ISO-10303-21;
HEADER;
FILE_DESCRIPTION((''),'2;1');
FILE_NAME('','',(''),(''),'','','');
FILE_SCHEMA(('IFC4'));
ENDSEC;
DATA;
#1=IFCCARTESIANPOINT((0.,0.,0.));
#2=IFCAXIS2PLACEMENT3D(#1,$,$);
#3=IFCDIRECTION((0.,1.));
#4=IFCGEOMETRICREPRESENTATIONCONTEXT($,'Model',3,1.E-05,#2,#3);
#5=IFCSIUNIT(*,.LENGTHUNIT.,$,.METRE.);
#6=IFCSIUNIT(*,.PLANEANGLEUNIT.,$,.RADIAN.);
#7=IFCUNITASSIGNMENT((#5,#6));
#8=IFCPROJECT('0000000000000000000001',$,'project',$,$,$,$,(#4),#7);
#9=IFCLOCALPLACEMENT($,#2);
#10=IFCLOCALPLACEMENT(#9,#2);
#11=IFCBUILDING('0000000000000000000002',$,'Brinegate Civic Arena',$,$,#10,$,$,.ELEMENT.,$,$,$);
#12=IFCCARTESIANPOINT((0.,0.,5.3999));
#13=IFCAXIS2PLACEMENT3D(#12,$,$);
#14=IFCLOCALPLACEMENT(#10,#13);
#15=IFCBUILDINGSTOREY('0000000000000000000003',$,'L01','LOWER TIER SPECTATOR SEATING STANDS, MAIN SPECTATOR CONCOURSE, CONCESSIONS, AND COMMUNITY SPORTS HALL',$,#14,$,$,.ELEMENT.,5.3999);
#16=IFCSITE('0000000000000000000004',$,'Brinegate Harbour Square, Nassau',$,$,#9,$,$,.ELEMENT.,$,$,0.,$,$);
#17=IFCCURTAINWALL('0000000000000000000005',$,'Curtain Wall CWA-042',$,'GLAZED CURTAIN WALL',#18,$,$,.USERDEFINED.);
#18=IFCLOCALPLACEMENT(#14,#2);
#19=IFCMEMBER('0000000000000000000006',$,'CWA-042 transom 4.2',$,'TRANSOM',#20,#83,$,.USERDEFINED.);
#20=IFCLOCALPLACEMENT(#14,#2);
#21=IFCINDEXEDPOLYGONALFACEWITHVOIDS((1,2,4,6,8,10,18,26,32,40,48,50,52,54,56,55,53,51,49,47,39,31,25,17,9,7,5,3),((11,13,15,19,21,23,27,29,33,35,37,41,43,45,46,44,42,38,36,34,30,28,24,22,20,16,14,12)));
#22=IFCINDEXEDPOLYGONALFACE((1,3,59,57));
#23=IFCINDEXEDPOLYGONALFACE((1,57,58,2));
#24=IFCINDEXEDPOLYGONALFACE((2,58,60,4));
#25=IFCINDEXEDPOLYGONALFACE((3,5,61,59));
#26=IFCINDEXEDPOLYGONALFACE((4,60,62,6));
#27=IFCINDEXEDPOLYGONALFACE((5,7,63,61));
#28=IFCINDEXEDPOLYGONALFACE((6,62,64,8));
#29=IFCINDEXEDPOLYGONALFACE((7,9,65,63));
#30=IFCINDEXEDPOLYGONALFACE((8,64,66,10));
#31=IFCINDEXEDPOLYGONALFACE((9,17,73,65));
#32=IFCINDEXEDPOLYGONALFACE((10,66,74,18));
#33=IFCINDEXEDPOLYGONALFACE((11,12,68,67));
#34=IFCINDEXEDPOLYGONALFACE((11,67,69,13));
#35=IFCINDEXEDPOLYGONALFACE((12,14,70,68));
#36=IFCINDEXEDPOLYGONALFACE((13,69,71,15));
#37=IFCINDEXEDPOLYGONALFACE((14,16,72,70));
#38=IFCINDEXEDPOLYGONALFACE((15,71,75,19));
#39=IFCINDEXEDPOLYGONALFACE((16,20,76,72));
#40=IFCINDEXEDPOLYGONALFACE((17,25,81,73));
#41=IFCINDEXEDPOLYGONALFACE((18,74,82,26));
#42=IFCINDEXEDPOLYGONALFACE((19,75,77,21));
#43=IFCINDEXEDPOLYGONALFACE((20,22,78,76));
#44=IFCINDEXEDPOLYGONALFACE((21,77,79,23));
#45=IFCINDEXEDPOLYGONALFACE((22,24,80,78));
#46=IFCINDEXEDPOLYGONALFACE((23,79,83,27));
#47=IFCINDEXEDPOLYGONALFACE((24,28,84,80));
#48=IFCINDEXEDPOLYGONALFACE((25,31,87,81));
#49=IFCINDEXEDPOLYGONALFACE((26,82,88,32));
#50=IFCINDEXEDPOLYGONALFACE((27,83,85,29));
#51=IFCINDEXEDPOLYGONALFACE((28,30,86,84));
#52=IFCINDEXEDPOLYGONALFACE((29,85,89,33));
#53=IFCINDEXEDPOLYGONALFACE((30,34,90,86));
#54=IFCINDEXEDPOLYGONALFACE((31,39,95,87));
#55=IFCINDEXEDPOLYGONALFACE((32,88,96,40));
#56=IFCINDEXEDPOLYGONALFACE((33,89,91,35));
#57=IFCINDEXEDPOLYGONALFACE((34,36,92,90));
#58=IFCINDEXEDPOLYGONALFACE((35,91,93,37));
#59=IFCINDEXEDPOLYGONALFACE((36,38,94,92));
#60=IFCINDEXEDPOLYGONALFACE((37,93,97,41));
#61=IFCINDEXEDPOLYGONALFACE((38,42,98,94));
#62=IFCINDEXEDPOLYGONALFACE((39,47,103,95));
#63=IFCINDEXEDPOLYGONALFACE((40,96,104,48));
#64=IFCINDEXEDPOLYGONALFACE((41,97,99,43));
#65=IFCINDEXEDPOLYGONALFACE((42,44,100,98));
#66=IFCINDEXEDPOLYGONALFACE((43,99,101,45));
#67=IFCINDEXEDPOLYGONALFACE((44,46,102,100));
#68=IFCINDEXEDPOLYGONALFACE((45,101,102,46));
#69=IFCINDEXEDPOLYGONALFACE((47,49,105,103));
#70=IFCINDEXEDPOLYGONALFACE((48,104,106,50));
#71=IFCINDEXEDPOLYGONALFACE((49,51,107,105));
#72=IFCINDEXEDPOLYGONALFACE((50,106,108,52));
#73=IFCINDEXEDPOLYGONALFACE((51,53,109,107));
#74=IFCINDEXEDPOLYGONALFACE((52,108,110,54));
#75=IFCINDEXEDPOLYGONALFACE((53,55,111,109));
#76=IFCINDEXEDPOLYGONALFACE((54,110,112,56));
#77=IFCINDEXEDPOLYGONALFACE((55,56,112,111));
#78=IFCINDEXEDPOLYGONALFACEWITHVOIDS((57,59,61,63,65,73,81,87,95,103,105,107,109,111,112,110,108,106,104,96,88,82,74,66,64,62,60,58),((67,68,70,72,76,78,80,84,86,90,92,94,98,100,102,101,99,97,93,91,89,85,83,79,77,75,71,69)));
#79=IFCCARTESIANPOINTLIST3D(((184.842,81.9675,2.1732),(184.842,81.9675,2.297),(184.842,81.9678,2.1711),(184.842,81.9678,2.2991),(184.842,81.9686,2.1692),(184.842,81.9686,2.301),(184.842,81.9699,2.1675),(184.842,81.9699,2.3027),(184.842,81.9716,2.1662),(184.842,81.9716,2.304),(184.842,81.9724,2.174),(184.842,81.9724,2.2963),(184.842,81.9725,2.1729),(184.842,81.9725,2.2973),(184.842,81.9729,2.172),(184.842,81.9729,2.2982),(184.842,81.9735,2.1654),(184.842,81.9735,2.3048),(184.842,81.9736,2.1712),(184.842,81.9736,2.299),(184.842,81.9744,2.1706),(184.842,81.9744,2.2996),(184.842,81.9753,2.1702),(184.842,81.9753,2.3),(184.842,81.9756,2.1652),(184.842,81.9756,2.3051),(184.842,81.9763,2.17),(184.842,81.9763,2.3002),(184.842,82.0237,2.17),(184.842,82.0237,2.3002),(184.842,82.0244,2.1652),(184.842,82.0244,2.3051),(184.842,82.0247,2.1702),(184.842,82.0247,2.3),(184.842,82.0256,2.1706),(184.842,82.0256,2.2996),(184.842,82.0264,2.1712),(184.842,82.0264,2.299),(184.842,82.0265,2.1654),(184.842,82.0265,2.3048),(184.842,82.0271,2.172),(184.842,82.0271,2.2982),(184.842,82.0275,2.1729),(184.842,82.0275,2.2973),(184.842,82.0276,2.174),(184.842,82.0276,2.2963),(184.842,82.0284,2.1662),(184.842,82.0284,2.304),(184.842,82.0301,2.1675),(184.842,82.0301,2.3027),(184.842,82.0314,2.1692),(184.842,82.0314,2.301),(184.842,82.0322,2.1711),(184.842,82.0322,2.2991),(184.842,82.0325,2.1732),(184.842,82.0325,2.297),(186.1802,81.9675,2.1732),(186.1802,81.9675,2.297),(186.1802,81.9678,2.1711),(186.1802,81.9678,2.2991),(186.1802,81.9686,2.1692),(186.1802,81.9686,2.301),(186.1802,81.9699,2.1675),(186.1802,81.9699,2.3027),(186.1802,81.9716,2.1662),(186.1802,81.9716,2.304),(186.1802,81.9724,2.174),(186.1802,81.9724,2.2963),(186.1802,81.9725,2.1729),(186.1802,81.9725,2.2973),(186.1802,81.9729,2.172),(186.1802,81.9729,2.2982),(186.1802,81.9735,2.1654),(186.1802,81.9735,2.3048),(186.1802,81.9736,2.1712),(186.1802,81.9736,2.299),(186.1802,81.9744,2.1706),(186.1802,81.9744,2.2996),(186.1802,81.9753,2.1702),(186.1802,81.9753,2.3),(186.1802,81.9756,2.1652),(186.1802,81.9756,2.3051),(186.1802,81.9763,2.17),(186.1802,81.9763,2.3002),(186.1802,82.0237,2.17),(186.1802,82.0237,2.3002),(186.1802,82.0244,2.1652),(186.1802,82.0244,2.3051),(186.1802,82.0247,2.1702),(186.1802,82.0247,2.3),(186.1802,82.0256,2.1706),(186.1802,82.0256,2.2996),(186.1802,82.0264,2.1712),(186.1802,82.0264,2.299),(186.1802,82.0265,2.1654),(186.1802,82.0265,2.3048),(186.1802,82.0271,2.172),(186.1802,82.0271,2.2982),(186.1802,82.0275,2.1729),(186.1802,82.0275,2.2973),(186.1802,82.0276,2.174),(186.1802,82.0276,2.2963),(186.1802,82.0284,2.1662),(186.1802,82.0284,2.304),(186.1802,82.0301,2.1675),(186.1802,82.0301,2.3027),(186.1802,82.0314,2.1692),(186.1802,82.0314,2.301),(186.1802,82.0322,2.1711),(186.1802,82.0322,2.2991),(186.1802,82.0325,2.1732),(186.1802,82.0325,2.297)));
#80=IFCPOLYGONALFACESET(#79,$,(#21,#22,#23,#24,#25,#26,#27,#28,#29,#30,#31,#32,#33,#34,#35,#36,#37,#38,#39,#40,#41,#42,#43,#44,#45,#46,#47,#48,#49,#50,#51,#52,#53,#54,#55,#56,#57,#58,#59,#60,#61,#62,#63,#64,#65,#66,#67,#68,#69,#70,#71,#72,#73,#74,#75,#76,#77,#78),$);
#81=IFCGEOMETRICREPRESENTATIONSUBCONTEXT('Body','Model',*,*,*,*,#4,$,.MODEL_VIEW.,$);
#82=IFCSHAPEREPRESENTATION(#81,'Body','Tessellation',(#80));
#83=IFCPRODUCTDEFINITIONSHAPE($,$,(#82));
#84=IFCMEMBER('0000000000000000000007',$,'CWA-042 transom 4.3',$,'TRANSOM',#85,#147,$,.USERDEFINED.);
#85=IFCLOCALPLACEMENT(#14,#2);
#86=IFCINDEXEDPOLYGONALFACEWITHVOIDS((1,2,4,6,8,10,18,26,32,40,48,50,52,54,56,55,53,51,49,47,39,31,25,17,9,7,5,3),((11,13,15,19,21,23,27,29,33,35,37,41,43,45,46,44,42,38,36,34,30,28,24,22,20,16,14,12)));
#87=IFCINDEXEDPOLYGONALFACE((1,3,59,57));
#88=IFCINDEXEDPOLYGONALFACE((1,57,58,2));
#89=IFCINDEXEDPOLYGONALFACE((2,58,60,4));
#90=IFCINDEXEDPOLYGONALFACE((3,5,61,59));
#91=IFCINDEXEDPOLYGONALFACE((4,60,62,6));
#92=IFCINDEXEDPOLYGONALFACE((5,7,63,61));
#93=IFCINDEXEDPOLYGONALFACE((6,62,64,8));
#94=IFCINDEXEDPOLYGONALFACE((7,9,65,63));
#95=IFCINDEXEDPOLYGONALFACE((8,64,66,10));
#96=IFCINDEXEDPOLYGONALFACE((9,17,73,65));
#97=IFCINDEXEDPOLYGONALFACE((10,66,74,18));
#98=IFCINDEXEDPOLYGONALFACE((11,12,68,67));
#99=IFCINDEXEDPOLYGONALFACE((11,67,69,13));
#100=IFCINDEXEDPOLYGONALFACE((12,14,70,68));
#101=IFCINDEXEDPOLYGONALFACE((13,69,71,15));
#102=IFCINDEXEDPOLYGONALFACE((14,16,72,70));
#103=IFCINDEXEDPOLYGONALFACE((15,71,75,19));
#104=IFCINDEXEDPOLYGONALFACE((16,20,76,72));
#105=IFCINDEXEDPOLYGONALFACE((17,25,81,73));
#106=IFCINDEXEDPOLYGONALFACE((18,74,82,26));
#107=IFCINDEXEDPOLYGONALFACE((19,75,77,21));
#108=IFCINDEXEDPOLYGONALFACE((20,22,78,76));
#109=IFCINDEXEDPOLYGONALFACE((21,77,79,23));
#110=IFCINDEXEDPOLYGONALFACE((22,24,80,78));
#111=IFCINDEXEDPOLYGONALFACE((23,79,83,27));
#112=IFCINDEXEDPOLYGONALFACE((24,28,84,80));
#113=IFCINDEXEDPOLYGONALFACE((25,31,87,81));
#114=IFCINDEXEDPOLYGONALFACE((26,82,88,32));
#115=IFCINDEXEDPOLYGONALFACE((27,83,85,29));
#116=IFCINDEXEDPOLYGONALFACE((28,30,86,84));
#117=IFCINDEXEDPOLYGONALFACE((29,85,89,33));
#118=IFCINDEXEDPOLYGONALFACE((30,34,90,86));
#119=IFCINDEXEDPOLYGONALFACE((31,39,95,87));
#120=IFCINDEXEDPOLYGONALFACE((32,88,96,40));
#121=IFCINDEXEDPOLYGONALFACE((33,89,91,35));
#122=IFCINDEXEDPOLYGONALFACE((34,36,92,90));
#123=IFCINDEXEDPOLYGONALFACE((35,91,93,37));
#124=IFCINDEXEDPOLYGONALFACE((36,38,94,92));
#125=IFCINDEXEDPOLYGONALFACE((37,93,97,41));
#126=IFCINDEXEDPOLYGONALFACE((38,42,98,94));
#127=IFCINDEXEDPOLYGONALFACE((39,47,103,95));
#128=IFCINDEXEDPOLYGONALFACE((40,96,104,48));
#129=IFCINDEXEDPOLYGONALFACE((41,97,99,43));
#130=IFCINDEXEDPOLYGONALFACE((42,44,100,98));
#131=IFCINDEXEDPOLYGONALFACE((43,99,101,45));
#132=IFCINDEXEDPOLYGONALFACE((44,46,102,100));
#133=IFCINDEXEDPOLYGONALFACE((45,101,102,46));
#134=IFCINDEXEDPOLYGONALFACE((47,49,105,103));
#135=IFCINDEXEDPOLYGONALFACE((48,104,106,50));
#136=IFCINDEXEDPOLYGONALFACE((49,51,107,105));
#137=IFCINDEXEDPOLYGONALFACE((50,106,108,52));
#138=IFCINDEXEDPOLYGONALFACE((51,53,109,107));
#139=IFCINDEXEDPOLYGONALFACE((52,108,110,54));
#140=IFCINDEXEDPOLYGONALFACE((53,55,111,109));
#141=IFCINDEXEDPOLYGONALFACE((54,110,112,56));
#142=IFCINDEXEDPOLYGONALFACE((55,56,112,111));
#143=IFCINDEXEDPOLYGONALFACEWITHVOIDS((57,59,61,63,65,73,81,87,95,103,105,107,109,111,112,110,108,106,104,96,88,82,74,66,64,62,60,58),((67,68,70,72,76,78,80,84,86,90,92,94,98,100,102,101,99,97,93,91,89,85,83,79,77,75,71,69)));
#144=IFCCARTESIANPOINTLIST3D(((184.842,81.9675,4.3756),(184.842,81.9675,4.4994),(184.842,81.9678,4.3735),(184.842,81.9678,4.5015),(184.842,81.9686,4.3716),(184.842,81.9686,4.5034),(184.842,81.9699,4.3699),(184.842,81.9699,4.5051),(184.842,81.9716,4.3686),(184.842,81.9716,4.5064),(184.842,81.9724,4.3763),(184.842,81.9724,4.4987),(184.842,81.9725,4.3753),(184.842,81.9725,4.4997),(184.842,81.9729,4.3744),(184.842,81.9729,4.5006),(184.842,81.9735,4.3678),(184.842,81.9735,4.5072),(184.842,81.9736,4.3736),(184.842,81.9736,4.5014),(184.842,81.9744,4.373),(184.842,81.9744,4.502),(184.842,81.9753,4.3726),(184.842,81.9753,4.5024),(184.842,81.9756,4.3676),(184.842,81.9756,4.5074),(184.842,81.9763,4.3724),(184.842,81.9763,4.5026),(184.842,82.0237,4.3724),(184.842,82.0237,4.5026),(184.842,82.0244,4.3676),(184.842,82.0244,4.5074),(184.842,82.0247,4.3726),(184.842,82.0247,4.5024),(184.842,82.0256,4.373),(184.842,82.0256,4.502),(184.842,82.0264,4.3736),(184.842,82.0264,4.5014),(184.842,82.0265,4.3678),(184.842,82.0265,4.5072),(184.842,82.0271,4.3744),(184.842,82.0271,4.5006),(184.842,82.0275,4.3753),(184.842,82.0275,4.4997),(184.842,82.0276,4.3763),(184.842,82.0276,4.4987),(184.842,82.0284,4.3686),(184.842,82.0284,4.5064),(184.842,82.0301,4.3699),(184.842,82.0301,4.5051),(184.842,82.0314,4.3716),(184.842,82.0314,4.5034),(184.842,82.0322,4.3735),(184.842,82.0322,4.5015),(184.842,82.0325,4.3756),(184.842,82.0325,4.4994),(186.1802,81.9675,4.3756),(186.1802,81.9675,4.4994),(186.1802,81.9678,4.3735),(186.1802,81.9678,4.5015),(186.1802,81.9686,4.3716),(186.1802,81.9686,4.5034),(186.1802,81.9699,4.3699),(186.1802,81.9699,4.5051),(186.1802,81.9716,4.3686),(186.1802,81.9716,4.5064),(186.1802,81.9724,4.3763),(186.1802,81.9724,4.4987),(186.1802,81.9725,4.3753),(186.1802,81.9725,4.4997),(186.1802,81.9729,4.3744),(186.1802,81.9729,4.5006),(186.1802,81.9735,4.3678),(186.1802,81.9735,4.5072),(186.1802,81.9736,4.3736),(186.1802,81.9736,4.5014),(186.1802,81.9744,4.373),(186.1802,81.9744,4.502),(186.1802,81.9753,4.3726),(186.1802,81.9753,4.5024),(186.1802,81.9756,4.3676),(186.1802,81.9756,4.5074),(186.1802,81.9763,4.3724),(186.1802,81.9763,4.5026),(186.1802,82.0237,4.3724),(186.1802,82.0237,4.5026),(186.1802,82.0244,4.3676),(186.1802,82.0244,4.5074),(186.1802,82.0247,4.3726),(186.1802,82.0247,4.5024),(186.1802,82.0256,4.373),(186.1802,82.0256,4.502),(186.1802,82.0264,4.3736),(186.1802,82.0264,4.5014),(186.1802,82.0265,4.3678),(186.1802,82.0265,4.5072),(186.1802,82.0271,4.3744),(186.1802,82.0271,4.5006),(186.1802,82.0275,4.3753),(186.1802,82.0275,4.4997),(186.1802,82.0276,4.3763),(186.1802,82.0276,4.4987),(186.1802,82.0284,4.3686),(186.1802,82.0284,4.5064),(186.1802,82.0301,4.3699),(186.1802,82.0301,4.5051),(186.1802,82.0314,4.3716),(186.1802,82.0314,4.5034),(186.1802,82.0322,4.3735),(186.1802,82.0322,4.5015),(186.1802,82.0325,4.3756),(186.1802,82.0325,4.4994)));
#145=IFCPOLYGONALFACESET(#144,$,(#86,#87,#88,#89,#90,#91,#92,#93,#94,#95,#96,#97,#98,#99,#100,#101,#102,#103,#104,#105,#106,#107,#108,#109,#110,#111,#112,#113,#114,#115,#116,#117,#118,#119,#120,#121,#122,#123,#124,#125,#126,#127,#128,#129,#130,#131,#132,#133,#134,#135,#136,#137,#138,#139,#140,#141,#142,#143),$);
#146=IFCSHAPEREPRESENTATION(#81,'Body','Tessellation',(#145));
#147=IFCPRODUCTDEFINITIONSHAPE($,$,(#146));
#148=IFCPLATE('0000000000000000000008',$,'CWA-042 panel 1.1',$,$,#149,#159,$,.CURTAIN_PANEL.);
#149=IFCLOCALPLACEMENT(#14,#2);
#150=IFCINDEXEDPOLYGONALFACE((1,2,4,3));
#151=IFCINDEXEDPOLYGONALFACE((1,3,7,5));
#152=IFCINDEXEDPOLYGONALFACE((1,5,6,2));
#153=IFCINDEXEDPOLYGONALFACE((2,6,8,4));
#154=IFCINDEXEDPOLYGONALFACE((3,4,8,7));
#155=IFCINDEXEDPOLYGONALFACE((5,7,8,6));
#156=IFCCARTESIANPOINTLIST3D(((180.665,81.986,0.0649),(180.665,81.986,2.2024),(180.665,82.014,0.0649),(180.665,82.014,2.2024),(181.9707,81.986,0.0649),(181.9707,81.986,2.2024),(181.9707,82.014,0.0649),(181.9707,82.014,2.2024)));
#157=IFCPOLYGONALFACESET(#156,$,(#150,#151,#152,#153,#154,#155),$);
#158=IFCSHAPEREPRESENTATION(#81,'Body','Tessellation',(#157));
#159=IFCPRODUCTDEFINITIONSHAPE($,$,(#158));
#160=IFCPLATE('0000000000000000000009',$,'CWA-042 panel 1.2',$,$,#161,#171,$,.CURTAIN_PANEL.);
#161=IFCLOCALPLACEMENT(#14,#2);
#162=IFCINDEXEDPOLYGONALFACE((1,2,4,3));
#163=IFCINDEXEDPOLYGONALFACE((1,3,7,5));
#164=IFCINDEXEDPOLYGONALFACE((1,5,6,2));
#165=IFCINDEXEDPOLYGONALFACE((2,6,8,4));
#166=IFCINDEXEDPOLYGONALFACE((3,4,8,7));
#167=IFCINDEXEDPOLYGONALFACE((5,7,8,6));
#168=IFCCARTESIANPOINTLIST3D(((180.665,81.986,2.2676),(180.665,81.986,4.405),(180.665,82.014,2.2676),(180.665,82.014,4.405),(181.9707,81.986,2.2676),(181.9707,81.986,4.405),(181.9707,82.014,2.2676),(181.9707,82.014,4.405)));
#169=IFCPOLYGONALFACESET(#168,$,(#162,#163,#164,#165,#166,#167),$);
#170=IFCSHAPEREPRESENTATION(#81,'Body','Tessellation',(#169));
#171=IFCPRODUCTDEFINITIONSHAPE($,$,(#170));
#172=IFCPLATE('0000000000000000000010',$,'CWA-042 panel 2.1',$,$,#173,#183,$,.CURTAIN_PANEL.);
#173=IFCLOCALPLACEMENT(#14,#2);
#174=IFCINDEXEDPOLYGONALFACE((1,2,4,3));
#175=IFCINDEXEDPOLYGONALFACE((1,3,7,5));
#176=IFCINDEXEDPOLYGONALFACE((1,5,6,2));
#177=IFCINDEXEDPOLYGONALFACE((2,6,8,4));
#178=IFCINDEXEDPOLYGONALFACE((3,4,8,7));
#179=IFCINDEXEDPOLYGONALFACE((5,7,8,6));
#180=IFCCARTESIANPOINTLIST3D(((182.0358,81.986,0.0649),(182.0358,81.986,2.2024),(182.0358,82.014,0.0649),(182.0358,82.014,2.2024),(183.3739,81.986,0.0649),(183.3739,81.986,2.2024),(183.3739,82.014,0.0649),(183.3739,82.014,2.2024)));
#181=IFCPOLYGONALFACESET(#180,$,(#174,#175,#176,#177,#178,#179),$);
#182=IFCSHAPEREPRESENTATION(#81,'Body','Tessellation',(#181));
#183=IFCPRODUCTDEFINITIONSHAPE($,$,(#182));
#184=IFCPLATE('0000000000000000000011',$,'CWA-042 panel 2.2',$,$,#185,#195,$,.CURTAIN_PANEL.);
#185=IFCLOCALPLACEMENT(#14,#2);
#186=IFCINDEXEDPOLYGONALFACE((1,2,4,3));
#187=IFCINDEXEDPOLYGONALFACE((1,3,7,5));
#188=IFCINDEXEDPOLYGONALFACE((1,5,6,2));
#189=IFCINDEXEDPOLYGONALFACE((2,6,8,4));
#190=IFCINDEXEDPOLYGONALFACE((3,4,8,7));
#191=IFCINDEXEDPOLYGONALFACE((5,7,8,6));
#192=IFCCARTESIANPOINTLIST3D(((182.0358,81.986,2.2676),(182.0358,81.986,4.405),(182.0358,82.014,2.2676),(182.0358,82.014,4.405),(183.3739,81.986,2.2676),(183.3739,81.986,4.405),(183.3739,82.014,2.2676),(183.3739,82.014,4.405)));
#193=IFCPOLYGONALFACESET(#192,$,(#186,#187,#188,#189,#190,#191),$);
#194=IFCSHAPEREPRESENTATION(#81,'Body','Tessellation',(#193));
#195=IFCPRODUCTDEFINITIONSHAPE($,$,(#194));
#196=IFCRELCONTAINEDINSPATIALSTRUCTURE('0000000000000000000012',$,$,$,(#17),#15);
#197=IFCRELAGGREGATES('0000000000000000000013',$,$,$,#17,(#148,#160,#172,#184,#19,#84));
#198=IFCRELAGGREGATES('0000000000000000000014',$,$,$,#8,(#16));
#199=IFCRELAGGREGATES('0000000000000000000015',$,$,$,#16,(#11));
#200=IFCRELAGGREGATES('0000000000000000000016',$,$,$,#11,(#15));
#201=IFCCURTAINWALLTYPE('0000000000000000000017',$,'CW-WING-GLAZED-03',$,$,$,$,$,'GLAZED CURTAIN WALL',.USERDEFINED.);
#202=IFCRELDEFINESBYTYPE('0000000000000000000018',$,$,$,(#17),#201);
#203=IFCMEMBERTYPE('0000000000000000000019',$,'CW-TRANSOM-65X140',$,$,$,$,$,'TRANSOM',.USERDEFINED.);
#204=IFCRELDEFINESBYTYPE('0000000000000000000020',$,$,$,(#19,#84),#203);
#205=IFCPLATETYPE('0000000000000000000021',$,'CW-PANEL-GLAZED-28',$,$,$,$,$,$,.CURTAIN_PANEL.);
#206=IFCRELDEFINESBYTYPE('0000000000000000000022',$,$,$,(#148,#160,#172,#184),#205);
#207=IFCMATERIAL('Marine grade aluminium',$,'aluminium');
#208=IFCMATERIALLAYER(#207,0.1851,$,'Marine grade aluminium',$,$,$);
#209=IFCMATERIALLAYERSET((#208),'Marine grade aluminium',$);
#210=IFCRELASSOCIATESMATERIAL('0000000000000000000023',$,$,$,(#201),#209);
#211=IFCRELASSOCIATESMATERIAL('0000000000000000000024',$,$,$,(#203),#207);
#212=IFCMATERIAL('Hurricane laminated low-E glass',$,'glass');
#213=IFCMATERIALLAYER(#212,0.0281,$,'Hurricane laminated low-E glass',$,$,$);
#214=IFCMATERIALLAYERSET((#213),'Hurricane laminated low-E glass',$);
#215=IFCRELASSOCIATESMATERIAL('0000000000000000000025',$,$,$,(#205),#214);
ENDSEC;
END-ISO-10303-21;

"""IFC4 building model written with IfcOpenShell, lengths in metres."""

from ifc_helpers import new_model, si_unit, direction, frame, origin, origin_2d, place, context, subcontext, project, spatial, rectangle, hollow_rectangle, extrude, material, layer, layer_set, material_profile, profile_set, type_object, element, aggregate, save


model = new_model("IFC4")

# Units and contexts
model_context = context("Model", 3, precision=1e-05, world=origin(), true_north=direction((0.0, 1.0)))
body_context = subcontext(model_context, "Body", "Model", "MODEL_VIEW")
ifc_project = project(units=[si_unit("LENGTHUNIT", "METRE"), si_unit("PLANEANGLEUNIT", "RADIAN")], contexts=[model_context])

# Site, building, storey
site_placement = place(None, origin())
site = spatial("IfcSite", under=ifc_project, at=site_placement, Name="Brinegate Harbour Square, Nassau", CompositionType="ELEMENT", RefElevation=0.0)
building_placement = place(site_placement, origin())
building = spatial("IfcBuilding", under=site, at=building_placement, Name="Brinegate Civic Arena", CompositionType="ELEMENT")
storey_placement = place(building_placement, frame((0.0, 0.0, 5.3999)))
storey = spatial("IfcBuildingStorey", under=building, at=storey_placement, Name="L01", Description="LOWER TIER SPECTATOR SEATING STANDS, MAIN SPECTATOR CONCOURSE, CONCESSIONS, AND COMMUNITY SPORTS HALL", CompositionType="ELEMENT", Elevation=5.3999)

# Curtain wall, members, plates
ifc_material_1 = material(Name="Marine grade aluminium", Category="aluminium")
ifc_layer_1 = layer(ifc_material_1, 0.1851, Name="Marine grade aluminium")
ifc_layer_set_1 = layer_set([ifc_layer_1], Name="Marine grade aluminium")
curtain_wall_type = type_object("IfcCurtainWallType", Name="CW-WING-GLAZED-03", ElementType="GLAZED CURTAIN WALL", PredefinedType="USERDEFINED", material=ifc_layer_set_1)
curtain_wall_placement = place(storey_placement, origin())
curtain_wall = element("IfcCurtainWall", 1, at=curtain_wall_placement, inside=storey, type_object=curtain_wall_type, Name="Curtain Wall CWA-042", ObjectType="GLAZED CURTAIN WALL", PredefinedType="USERDEFINED")
ifc_material_profile_1 = material_profile(ifc_material_1, hollow_rectangle(XDim=0.0649, YDim=0.1399, WallThickness=0.0049, InnerFilletRadius=0.0039, OuterFilletRadius=0.0081, at=origin_2d()), Name="TRN65X140")
ifc_profile_set_1 = profile_set([ifc_material_profile_1], Name="Marine grade aluminium")
member_type_1 = type_object("IfcMemberType", Name="CW-TRANSOM-65X140", ElementType="TRANSOM", PredefinedType="USERDEFINED", material=ifc_profile_set_1)
member_1_placement = place(storey_placement, frame((184.842, 82.0, 2.2351), z_axis=(1.0, 0.0, 0.0), x_axis=(0.0, 1.0, 0.0)))
member_1 = element("IfcMember", 2, at=member_1_placement, type_object=member_type_1, Name="CWA-042 transom 4.2", ObjectType="TRANSOM", PredefinedType="USERDEFINED", context=body_context, shape_type="SweptSolid", body=[
    extrude(hollow_rectangle(XDim=0.0649, YDim=0.1399, WallThickness=0.0049, InnerFilletRadius=0.0039, OuterFilletRadius=0.0081, at=origin_2d()), origin(), (0.0, 0.0, 1.0), 1.3381),
])
member_2_placement = place(storey_placement, frame((184.842, 82.0, 4.4375), z_axis=(1.0, 0.0, 0.0), x_axis=(0.0, 1.0, 0.0)))
member_2 = element("IfcMember", 3, at=member_2_placement, type_object=member_type_1, Name="CWA-042 transom 4.3", ObjectType="TRANSOM", PredefinedType="USERDEFINED", context=body_context, shape_type="SweptSolid", body=[
    extrude(hollow_rectangle(XDim=0.0649, YDim=0.1399, WallThickness=0.0049, InnerFilletRadius=0.0039, OuterFilletRadius=0.0081, at=origin_2d()), origin(), (0.0, 0.0, 1.0), 1.3381),
])
ifc_material_2 = material(Name="Hurricane laminated low-E glass", Category="glass")
ifc_layer_2 = layer(ifc_material_2, 0.0281, Name="Hurricane laminated low-E glass")
ifc_layer_set_2 = layer_set([ifc_layer_2], Name="Hurricane laminated low-E glass")
plate_type = type_object("IfcPlateType", Name="CW-PANEL-GLAZED-28", PredefinedType="CURTAIN_PANEL", material=ifc_layer_set_2)
plate_1_placement = place(storey_placement, frame((181.3179, 82.0, 0.0649), z_axis=(0.0, 0.0, 1.0), x_axis=(1.0, 0.0, 0.0)))
plate_1 = element("IfcPlate", 4, at=plate_1_placement, type_object=plate_type, Name="CWA-042 panel 1.1", PredefinedType="CURTAIN_PANEL", context=body_context, shape_type="SweptSolid", body=[
    extrude(rectangle(XDim=1.3057, YDim=0.0281, at=origin_2d()), origin(), (0.0, 0.0, 1.0), 2.1375),
])
plate_2_placement = place(storey_placement, frame((181.3179, 82.0, 2.2676), z_axis=(0.0, 0.0, 1.0), x_axis=(1.0, 0.0, 0.0)))
plate_2 = element("IfcPlate", 5, at=plate_2_placement, type_object=plate_type, Name="CWA-042 panel 1.2", PredefinedType="CURTAIN_PANEL", context=body_context, shape_type="SweptSolid", body=[
    extrude(rectangle(XDim=1.3057, YDim=0.0281, at=origin_2d()), origin(), (0.0, 0.0, 1.0), 2.1375),
])
plate_3_placement = place(storey_placement, frame((182.7048, 82.0, 0.0649), z_axis=(0.0, 0.0, 1.0), x_axis=(1.0, 0.0, 0.0)))
plate_3 = element("IfcPlate", 6, at=plate_3_placement, type_object=plate_type, Name="CWA-042 panel 2.1", PredefinedType="CURTAIN_PANEL", context=body_context, shape_type="SweptSolid", body=[
    extrude(rectangle(XDim=1.3381, YDim=0.0281, at=origin_2d()), origin(), (0.0, 0.0, 1.0), 2.1375),
])
plate_4_placement = place(storey_placement, frame((182.7048, 82.0, 2.2676), z_axis=(0.0, 0.0, 1.0), x_axis=(1.0, 0.0, 0.0)))
plate_4 = element("IfcPlate", 7, at=plate_4_placement, type_object=plate_type, Name="CWA-042 panel 2.2", PredefinedType="CURTAIN_PANEL", context=body_context, shape_type="SweptSolid", body=[
    extrude(rectangle(XDim=1.3381, YDim=0.0281, at=origin_2d()), origin(), (0.0, 0.0, 1.0), 2.1375),
])
aggregate(curtain_wall, [plate_1, plate_2, plate_3, plate_4, member_1, member_2])

save(model, "model.ifc")
